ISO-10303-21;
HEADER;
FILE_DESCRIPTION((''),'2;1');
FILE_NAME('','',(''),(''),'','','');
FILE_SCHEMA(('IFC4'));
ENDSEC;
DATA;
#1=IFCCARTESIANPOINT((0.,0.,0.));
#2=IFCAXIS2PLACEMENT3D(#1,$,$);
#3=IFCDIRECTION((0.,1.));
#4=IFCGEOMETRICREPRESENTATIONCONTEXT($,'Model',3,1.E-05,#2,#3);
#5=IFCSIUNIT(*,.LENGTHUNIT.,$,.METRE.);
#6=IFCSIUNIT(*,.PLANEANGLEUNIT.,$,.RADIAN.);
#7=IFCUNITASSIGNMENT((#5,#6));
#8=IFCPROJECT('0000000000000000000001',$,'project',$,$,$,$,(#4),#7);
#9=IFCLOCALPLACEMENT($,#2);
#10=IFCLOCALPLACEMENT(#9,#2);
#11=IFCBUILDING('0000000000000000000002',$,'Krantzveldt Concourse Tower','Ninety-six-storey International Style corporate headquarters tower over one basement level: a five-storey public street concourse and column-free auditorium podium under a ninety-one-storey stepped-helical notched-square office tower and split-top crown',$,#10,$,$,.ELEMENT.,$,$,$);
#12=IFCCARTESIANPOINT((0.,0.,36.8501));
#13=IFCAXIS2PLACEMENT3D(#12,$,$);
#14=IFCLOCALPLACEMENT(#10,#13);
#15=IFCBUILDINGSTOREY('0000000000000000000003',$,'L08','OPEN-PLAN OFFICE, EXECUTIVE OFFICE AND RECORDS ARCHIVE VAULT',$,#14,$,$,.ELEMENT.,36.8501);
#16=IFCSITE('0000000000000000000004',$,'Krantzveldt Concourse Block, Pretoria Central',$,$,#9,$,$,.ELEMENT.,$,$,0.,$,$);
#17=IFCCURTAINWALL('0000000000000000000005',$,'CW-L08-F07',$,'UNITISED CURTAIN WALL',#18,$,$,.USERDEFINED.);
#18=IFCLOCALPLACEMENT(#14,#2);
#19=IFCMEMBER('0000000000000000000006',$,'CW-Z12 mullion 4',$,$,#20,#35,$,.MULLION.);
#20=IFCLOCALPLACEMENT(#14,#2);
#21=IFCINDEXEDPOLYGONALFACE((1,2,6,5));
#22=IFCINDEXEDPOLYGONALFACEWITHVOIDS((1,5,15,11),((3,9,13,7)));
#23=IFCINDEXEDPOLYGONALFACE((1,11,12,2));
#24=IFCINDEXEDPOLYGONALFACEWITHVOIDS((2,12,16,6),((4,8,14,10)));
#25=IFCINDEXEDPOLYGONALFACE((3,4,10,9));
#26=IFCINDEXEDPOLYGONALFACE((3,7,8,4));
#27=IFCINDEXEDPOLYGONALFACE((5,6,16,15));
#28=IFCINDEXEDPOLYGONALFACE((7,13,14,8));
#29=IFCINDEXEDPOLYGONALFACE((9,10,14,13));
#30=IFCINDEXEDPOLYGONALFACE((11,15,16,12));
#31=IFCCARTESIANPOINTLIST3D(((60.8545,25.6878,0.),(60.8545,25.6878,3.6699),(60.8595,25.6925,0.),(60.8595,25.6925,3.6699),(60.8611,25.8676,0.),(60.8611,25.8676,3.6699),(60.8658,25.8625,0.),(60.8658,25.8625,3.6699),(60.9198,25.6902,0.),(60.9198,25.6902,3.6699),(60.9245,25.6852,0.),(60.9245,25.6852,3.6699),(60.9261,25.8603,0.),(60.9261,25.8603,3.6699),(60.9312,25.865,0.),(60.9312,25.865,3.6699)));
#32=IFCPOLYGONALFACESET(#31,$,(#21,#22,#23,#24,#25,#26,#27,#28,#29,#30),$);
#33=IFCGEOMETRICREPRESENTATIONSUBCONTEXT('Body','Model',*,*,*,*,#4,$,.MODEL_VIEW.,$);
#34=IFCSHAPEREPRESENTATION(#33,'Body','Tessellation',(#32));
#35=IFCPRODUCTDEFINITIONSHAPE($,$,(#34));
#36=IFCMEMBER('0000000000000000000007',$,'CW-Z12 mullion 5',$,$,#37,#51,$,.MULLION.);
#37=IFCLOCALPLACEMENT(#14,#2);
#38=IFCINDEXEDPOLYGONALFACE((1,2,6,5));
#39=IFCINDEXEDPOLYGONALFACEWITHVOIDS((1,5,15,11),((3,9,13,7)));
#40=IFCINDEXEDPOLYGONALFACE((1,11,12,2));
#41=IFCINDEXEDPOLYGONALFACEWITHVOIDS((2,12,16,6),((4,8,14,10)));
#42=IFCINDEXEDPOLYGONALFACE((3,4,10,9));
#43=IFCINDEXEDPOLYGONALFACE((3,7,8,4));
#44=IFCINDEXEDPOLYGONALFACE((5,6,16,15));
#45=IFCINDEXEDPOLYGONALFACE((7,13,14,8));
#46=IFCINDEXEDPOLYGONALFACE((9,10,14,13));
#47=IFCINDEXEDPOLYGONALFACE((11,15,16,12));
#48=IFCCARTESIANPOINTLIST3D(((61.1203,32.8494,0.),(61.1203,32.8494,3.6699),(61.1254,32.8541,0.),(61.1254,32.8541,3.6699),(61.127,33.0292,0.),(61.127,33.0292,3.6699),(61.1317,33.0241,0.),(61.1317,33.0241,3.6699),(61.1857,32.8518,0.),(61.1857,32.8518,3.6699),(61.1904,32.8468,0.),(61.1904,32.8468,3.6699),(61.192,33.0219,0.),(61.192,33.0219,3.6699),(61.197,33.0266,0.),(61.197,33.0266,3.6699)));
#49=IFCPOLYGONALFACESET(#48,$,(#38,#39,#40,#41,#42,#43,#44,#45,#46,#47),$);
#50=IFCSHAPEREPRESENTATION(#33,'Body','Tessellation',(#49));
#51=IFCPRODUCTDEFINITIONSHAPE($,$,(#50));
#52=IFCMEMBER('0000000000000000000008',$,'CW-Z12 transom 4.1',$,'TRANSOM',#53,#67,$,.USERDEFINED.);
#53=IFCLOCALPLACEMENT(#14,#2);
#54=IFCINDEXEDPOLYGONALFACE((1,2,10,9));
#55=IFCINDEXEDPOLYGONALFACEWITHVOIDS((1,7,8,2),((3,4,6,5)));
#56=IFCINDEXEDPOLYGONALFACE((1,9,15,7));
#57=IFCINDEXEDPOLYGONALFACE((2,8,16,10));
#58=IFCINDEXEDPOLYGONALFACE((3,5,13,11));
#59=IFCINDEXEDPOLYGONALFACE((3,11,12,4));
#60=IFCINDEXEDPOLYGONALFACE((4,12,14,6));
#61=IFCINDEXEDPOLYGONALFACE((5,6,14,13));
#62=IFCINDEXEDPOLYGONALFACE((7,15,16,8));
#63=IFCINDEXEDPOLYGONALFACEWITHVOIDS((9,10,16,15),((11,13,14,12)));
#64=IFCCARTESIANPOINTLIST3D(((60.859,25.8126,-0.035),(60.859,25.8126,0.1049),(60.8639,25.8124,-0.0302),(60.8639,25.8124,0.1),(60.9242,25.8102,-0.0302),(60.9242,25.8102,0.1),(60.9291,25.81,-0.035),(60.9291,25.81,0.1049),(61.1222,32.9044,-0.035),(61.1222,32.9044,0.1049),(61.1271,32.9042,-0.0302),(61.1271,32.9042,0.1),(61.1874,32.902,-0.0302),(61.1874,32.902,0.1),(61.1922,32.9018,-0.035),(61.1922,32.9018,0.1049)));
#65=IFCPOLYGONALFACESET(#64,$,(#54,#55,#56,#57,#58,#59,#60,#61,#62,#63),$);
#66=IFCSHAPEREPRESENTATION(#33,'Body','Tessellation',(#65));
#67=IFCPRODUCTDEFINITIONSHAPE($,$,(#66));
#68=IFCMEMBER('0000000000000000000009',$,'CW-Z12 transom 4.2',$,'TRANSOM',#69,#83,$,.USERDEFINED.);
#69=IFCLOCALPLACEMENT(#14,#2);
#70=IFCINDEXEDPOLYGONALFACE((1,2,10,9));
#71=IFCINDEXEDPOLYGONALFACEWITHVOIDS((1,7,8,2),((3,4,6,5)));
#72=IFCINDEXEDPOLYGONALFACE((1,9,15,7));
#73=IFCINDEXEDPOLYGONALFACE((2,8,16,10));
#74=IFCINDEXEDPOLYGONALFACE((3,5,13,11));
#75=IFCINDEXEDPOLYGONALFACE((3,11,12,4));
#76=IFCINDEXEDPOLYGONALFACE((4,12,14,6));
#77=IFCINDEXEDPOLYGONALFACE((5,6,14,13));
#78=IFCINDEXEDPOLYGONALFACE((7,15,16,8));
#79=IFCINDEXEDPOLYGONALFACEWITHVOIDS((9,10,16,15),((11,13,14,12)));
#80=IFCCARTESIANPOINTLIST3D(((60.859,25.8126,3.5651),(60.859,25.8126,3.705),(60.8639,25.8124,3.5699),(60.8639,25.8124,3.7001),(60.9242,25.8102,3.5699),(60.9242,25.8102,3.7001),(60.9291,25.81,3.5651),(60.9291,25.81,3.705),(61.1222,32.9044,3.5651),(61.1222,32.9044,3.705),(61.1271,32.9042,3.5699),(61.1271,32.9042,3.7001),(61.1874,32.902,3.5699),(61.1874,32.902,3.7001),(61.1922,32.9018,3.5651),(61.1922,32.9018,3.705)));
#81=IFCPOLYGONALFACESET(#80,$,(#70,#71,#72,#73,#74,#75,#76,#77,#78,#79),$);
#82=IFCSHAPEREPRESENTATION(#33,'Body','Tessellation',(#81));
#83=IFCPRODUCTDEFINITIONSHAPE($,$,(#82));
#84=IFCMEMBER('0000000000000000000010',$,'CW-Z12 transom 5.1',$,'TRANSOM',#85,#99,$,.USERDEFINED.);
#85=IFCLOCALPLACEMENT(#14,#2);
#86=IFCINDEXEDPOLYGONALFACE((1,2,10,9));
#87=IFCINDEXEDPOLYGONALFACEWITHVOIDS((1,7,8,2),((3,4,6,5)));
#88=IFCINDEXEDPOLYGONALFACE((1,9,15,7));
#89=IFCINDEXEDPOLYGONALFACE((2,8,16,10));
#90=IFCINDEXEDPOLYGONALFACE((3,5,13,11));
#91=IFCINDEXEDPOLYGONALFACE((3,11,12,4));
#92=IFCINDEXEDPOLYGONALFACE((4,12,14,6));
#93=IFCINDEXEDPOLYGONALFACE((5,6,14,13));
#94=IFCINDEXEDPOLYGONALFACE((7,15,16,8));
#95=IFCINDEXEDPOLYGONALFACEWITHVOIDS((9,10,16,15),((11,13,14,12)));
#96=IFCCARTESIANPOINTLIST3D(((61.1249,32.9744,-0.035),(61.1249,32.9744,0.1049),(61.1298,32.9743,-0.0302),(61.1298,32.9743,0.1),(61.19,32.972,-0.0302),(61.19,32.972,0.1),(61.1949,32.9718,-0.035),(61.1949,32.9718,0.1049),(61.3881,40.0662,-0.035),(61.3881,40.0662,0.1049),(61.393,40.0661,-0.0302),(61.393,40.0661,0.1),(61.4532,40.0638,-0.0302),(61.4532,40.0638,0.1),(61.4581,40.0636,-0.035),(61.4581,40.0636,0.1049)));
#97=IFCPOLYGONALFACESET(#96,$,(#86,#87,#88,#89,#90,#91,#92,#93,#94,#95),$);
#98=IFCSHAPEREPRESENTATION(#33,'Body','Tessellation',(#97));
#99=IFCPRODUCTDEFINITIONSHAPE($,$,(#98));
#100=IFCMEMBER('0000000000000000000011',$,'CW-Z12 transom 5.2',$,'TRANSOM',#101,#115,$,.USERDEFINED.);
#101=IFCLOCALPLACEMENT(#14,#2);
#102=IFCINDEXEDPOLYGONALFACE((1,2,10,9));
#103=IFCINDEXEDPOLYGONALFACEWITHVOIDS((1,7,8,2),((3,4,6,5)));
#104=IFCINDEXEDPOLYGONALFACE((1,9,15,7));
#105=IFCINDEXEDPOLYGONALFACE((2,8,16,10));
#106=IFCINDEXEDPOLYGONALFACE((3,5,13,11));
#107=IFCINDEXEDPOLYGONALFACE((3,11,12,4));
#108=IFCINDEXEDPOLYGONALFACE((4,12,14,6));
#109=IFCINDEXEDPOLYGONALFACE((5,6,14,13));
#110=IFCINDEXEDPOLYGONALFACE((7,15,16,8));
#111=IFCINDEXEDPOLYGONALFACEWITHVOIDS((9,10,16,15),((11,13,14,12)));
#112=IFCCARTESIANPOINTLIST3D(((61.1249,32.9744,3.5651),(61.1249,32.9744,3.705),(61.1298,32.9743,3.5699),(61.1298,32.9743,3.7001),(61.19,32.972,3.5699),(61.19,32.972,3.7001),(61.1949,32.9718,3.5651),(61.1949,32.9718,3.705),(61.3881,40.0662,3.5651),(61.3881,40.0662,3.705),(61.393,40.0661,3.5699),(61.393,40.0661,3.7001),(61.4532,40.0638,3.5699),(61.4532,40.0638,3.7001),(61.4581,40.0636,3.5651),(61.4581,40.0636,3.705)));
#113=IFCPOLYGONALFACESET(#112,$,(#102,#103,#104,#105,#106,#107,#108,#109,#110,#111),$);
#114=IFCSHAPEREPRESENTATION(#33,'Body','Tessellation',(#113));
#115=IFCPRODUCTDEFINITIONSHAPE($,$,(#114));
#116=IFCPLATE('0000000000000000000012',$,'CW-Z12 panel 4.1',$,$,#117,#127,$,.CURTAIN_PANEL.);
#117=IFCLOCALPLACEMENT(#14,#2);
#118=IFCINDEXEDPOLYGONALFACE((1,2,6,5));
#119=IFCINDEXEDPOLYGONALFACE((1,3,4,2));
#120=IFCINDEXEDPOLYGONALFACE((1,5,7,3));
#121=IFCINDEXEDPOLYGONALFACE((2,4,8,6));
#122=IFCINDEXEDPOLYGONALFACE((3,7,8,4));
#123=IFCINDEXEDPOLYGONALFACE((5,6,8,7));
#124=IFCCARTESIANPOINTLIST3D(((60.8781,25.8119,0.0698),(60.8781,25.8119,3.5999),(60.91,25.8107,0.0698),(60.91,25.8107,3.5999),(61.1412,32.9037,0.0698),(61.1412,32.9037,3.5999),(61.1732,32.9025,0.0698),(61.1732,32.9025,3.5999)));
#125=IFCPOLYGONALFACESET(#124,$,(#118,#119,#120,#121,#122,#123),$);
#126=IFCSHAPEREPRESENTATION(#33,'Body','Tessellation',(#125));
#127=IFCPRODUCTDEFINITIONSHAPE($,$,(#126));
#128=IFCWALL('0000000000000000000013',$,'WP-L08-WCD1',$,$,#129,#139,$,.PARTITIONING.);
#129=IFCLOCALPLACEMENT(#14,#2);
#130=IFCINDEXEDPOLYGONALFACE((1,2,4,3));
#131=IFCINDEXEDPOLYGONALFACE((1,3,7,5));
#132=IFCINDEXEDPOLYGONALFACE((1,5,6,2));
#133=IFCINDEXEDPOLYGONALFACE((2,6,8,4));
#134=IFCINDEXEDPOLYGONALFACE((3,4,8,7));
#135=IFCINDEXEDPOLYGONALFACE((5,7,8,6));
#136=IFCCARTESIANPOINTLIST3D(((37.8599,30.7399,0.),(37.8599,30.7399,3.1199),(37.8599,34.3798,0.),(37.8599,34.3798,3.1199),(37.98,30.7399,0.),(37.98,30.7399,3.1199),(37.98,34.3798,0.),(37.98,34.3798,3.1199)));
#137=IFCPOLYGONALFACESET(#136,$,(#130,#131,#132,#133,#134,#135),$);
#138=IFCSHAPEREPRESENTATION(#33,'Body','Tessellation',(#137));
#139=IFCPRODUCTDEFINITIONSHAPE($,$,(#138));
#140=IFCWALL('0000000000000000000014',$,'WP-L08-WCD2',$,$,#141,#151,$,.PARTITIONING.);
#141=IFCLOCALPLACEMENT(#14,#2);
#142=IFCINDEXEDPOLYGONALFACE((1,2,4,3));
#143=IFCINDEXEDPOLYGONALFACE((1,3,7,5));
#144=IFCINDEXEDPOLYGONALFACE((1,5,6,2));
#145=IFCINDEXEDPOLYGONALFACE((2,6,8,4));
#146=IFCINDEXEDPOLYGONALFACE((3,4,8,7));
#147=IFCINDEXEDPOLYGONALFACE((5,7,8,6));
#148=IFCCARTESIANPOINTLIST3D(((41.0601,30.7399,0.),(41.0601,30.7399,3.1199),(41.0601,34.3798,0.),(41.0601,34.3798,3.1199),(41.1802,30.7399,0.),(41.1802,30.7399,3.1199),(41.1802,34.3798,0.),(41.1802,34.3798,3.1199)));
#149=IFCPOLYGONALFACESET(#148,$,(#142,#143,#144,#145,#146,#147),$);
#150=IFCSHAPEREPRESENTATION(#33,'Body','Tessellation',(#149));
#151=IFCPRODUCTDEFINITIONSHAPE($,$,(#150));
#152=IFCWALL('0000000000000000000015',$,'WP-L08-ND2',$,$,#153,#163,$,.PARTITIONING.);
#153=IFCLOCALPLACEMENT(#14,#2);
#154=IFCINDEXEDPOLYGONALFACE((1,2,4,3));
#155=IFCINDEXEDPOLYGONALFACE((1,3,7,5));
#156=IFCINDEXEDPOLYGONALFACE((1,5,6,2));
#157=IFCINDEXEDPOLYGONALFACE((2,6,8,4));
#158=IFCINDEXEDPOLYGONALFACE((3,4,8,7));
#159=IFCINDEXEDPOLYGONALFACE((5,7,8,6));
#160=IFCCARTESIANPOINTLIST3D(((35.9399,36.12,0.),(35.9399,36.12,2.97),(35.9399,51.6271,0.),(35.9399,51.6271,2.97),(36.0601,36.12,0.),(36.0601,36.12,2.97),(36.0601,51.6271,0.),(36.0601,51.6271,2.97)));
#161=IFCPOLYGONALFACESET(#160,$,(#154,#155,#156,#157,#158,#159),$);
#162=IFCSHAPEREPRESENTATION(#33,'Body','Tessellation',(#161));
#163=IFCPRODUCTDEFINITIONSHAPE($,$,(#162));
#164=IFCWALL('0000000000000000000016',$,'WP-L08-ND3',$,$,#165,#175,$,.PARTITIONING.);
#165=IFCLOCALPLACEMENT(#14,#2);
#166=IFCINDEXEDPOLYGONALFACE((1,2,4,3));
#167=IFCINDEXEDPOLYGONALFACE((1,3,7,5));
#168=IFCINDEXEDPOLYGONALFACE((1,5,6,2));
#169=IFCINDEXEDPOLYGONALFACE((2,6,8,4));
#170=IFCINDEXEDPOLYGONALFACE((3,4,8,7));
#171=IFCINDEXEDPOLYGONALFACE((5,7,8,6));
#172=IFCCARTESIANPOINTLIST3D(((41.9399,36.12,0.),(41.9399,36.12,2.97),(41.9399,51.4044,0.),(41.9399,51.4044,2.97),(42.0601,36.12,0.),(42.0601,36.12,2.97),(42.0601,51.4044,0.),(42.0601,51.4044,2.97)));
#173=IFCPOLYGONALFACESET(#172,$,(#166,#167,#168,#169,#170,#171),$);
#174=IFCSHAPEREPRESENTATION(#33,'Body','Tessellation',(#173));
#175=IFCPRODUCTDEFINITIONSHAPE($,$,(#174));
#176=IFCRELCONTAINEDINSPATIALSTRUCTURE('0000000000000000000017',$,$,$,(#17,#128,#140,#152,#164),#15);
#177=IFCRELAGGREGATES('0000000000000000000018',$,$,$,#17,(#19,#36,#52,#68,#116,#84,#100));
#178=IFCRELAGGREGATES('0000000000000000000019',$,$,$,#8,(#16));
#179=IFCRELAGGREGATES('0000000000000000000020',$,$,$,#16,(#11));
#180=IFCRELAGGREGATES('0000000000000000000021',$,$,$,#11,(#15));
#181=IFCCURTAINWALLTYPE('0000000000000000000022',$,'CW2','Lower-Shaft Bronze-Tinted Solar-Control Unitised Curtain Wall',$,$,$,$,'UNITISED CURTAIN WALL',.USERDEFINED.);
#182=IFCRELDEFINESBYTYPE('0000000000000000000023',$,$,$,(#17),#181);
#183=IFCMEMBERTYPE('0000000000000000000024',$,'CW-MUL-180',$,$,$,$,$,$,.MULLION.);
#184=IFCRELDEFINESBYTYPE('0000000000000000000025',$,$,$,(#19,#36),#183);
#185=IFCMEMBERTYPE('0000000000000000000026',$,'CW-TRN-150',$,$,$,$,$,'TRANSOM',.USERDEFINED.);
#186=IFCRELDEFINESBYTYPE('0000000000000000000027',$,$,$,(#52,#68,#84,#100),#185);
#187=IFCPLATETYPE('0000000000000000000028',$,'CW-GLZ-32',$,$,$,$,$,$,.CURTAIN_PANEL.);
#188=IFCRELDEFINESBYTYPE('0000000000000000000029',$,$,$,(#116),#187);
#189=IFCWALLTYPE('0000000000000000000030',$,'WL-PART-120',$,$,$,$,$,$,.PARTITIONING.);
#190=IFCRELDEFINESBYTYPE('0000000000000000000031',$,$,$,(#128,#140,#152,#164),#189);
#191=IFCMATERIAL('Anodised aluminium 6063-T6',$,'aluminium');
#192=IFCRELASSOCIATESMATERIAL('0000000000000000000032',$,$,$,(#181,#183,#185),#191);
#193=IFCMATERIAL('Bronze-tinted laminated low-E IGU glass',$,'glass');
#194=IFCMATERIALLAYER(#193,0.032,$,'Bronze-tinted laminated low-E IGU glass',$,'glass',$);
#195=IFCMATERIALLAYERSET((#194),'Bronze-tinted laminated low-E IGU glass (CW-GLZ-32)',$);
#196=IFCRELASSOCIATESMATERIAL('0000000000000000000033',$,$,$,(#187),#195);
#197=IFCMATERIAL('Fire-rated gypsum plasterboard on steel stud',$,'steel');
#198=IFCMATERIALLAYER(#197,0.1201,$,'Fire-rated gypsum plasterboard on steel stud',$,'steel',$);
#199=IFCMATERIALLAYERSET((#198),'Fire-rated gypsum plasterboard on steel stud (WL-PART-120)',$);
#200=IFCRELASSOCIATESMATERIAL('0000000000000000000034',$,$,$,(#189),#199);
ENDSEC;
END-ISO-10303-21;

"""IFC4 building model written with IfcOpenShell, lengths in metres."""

from ifc_helpers import new_model, si_unit, direction, frame, frame_2d, origin, origin_2d, place, context, subcontext, project, spatial, rectangle, hollow_rectangle, extrude, source, transform, mapped, material, layer, layer_set, material_profile, profile_set, type_object, type_shapes, element, aggregate, save


model = new_model("IFC4")

# Units and contexts
model_context = context("Model", 3, precision=1e-05, world=origin(), true_north=direction((0.0, 1.0)))
body_context = subcontext(model_context, "Body", "Model", "MODEL_VIEW")
ifc_project = project(units=[si_unit("LENGTHUNIT", "METRE"), si_unit("PLANEANGLEUNIT", "RADIAN")], contexts=[model_context])

# Site, building, storey
site_placement = place(None, origin())
site = spatial("IfcSite", under=ifc_project, at=site_placement, Name="Krantzveldt Concourse Block, Pretoria Central", CompositionType="ELEMENT", RefElevation=0.0)
building_placement = place(site_placement, origin())
building = spatial("IfcBuilding", under=site, at=building_placement, Name="Krantzveldt Concourse Tower", Description="Ninety-six-storey International Style corporate headquarters tower over one basement level: a five-storey public street concourse and column-free auditorium podium under a ninety-one-storey stepped-helical notched-square office tower and split-top crown", CompositionType="ELEMENT")
storey_placement = place(building_placement, frame((0.0, 0.0, 36.8501)))
storey = spatial("IfcBuildingStorey", under=building, at=storey_placement, Name="L08", Description="OPEN-PLAN OFFICE, EXECUTIVE OFFICE AND RECORDS ARCHIVE VAULT", CompositionType="ELEMENT", Elevation=36.8501)

# Curtain wall, members, plate
ifc_material_1 = material(Name="Anodised aluminium 6063-T6", Category="aluminium")
curtain_wall_type = type_object("IfcCurtainWallType", Name="CW2", Description="Lower-Shaft Bronze-Tinted Solar-Control Unitised Curtain Wall", ElementType="UNITISED CURTAIN WALL", PredefinedType="USERDEFINED", material=ifc_material_1)
curtain_wall_placement = place(storey_placement, origin())
curtain_wall = element("IfcCurtainWall", 1, at=curtain_wall_placement, inside=storey, type_object=curtain_wall_type, Name="CW-L08-F07", ObjectType="UNITISED CURTAIN WALL", PredefinedType="USERDEFINED")
ifc_material_profile_1 = material_profile(ifc_material_1, hollow_rectangle(XDim=0.0701, YDim=0.1799, WallThickness=0.0049, at=origin_2d()), Name="Anodised aluminium 6063-T6", Category="aluminium")
ifc_profile_set_1 = profile_set([ifc_material_profile_1], Name="Anodised aluminium 6063-T6 - ALU-MULL 180x70x5")
member_type_1 = type_object("IfcMemberType", Name="CW-MUL-180", PredefinedType="MULLION", material=ifc_profile_set_1)
shared_shape_1 = source(origin(), body_context, "Body", "SweptSolid", [
    extrude(hollow_rectangle(XDim=0.0701, YDim=0.1799, WallThickness=0.0049, at=origin_2d()), origin(), (0.0, 0.0, 1.0), 3.6699),
])
type_shapes(member_type_1, [shared_shape_1])
member_1_placement = place(storey_placement, frame((60.8928, 25.7764, 0.0), z_axis=(0.0, 0.0, 1.0), x_axis=(-0.999312, 0.03708, 0.0)))
member_1 = element("IfcMember", 2, at=member_1_placement, type_object=member_type_1, Name="CW-Z12 mullion 4", PredefinedType="MULLION", context=body_context, shape_type="MappedRepresentation", body=[
    mapped(shared_shape_1, transform((0.0, 0.0, 0.0), x_axis=(1.0, 0.0, 0.0), y_axis=(0.0, 1.0, 0.0), z_axis=(0.0, 0.0, 1.0), scale=1.0)),
])
member_2_placement = place(storey_placement, frame((61.1587, 32.938, 0.0), z_axis=(0.0, 0.0, 1.0), x_axis=(-0.999312, 0.03708, 0.0)))
member_2 = element("IfcMember", 3, at=member_2_placement, type_object=member_type_1, Name="CW-Z12 mullion 5", PredefinedType="MULLION", context=body_context, shape_type="MappedRepresentation", body=[
    mapped(shared_shape_1, transform((0.0, 0.0, 0.0), x_axis=(1.0, 0.0, 0.0), y_axis=(0.0, 1.0, 0.0), z_axis=(0.0, 0.0, 1.0), scale=1.0)),
])
ifc_material_profile_2 = material_profile(ifc_material_1, hollow_rectangle(XDim=0.0701, YDim=0.1399, WallThickness=0.0049, at=origin_2d()), Name="Anodised aluminium 6063-T6", Category="aluminium")
ifc_profile_set_2 = profile_set([ifc_material_profile_2], Name="Anodised aluminium 6063-T6 - ALU-TRAN 140x70x5")
member_type_2 = type_object("IfcMemberType", Name="CW-TRN-150", ElementType="TRANSOM", PredefinedType="USERDEFINED", material=ifc_profile_set_2)
shared_shape_2 = source(origin(), body_context, "Body", "SweptSolid", [
    extrude(hollow_rectangle(XDim=0.0701, YDim=0.1399, WallThickness=0.0049, at=origin_2d()), origin(), (0.0, 0.0, 1.0), 7.0967),
])
type_shapes(member_type_2, [shared_shape_2])
member_3_placement = place(storey_placement, frame((60.894, 25.8113, 0.0349), z_axis=(0.037085, 0.999312, 0.0), x_axis=(-0.999312, 0.037085, 0.0)))
member_3 = element("IfcMember", 4, at=member_3_placement, type_object=member_type_2, Name="CW-Z12 transom 4.1", ObjectType="TRANSOM", PredefinedType="USERDEFINED", context=body_context, shape_type="MappedRepresentation", body=[
    mapped(shared_shape_2, transform((0.0, 0.0, 0.0), x_axis=(1.0, 0.0, 0.0), y_axis=(0.0, 1.0, 0.0), z_axis=(0.0, 0.0, 1.0), scale=1.0)),
])
member_4_placement = place(storey_placement, frame((60.894, 25.8113, 3.635), z_axis=(0.037085, 0.999312, 0.0), x_axis=(-0.999312, 0.037085, 0.0)))
member_4 = element("IfcMember", 5, at=member_4_placement, type_object=member_type_2, Name="CW-Z12 transom 4.2", ObjectType="TRANSOM", PredefinedType="USERDEFINED", context=body_context, shape_type="MappedRepresentation", body=[
    mapped(shared_shape_2, transform((0.0, 0.0, 0.0), x_axis=(1.0, 0.0, 0.0), y_axis=(0.0, 1.0, 0.0), z_axis=(0.0, 0.0, 1.0), scale=1.0)),
])
member_5_placement = place(storey_placement, frame((61.1599, 32.9731, 0.0349), z_axis=(0.037085, 0.999312, 0.0), x_axis=(-0.999312, 0.037085, 0.0)))
member_5 = element("IfcMember", 6, at=member_5_placement, type_object=member_type_2, Name="CW-Z12 transom 5.1", ObjectType="TRANSOM", PredefinedType="USERDEFINED", context=body_context, shape_type="MappedRepresentation", body=[
    mapped(shared_shape_2, transform((0.0, 0.0, 0.0), x_axis=(1.0, 0.0, 0.0), y_axis=(0.0, 1.0, 0.0), z_axis=(0.0, 0.0, 1.0), scale=1.0)),
])
member_6_placement = place(storey_placement, frame((61.1599, 32.9731, 3.635), z_axis=(0.037085, 0.999312, 0.0), x_axis=(-0.999312, 0.037085, 0.0)))
member_6 = element("IfcMember", 7, at=member_6_placement, type_object=member_type_2, Name="CW-Z12 transom 5.2", ObjectType="TRANSOM", PredefinedType="USERDEFINED", context=body_context, shape_type="MappedRepresentation", body=[
    mapped(shared_shape_2, transform((0.0, 0.0, 0.0), x_axis=(1.0, 0.0, 0.0), y_axis=(0.0, 1.0, 0.0), z_axis=(0.0, 0.0, 1.0), scale=1.0)),
])
ifc_material_2 = material(Name="Bronze-tinted laminated low-E IGU glass", Category="glass")
ifc_layer_1 = layer(ifc_material_2, 0.032, Name="Bronze-tinted laminated low-E IGU glass", Category="glass")
ifc_layer_set_1 = layer_set([ifc_layer_1], Name="Bronze-tinted laminated low-E IGU glass (CW-GLZ-32)")
plate_type = type_object("IfcPlateType", Name="CW-GLZ-32", PredefinedType="CURTAIN_PANEL", material=ifc_layer_set_1)
shared_shape_3 = source(origin(), body_context, "Body", "SweptSolid", [
    extrude(rectangle(XDim=7.0967, YDim=0.032, at=origin_2d()), origin(), (0.0, 0.0, 1.0), 3.53),
])
type_shapes(plate_type, [shared_shape_3])
plate_placement = place(storey_placement, frame((61.0256, 29.3572, 0.0698), z_axis=(0.0, 0.0, 1.0), x_axis=(0.03708, 0.999312, 0.0)))
plate = element("IfcPlate", 8, at=plate_placement, type_object=plate_type, Name="CW-Z12 panel 4.1", PredefinedType="CURTAIN_PANEL", context=body_context, shape_type="MappedRepresentation", body=[
    mapped(shared_shape_3, transform((0.0, 0.0, 0.0), x_axis=(1.0, 0.0, 0.0), y_axis=(0.0, 1.0, 0.0), z_axis=(0.0, 0.0, 1.0), scale=1.0)),
])
aggregate(curtain_wall, [member_1, member_2, member_3, member_4, plate, member_5, member_6])

# Walls
ifc_material_3 = material(Name="Fire-rated gypsum plasterboard on steel stud", Category="steel")
ifc_layer_2 = layer(ifc_material_3, 0.1201, Name="Fire-rated gypsum plasterboard on steel stud", Category="steel")
ifc_layer_set_2 = layer_set([ifc_layer_2], Name="Fire-rated gypsum plasterboard on steel stud (WL-PART-120)")
wall_type_1 = type_object("IfcWallType", Name="WL-PART-120", PredefinedType="PARTITIONING", material=ifc_layer_set_2)
for number, where, z_axis, x_axis, name in (
    (9, (37.9199, 30.74, 0.0), (0.0, 0.0, 1.0), (0.0, 1.0, 0.0), "WP-L08-WCD1"),
    (10, (41.1201, 30.74, 0.0), (0.0, 0.0, 1.0), (0.0, 1.0, 0.0), "WP-L08-WCD2"),
):
    element("IfcWall", number, at=place(storey_placement, frame(where, z_axis=z_axis, x_axis=x_axis)), inside=storey, type_object=wall_type_1, Name=name, PredefinedType="PARTITIONING", context=body_context, shape_type="SweptSolid", body=[
        extrude(rectangle(XDim=3.6399, YDim=0.1201, at=frame_2d((1.8198, 0.0))), origin(), (0.0, 0.0, 1.0), 3.1199),
    ])
wall_1_placement = place(storey_placement, frame((36.0, 36.1201, 0.0), z_axis=(0.0, 0.0, 1.0), x_axis=(0.0, 1.0, 0.0)))
element("IfcWall", 11, at=wall_1_placement, inside=storey, type_object=wall_type_1, Name="WP-L08-ND2", PredefinedType="PARTITIONING", context=body_context, shape_type="SweptSolid", body=[
    extrude(rectangle(XDim=15.5071, YDim=0.1201, at=frame_2d((7.7534, 0.0))), origin(), (0.0, 0.0, 1.0), 2.97),
])
wall_2_placement = place(storey_placement, frame((42.0, 36.1201, 0.0), z_axis=(0.0, 0.0, 1.0), x_axis=(0.0, 1.0, 0.0)))
element("IfcWall", 12, at=wall_2_placement, inside=storey, type_object=wall_type_1, Name="WP-L08-ND3", PredefinedType="PARTITIONING", context=body_context, shape_type="SweptSolid", body=[
    extrude(rectangle(XDim=15.2844, YDim=0.1201, at=frame_2d((7.6421, 0.0))), origin(), (0.0, 0.0, 1.0), 2.97),
])

save(model, "model.ifc")
